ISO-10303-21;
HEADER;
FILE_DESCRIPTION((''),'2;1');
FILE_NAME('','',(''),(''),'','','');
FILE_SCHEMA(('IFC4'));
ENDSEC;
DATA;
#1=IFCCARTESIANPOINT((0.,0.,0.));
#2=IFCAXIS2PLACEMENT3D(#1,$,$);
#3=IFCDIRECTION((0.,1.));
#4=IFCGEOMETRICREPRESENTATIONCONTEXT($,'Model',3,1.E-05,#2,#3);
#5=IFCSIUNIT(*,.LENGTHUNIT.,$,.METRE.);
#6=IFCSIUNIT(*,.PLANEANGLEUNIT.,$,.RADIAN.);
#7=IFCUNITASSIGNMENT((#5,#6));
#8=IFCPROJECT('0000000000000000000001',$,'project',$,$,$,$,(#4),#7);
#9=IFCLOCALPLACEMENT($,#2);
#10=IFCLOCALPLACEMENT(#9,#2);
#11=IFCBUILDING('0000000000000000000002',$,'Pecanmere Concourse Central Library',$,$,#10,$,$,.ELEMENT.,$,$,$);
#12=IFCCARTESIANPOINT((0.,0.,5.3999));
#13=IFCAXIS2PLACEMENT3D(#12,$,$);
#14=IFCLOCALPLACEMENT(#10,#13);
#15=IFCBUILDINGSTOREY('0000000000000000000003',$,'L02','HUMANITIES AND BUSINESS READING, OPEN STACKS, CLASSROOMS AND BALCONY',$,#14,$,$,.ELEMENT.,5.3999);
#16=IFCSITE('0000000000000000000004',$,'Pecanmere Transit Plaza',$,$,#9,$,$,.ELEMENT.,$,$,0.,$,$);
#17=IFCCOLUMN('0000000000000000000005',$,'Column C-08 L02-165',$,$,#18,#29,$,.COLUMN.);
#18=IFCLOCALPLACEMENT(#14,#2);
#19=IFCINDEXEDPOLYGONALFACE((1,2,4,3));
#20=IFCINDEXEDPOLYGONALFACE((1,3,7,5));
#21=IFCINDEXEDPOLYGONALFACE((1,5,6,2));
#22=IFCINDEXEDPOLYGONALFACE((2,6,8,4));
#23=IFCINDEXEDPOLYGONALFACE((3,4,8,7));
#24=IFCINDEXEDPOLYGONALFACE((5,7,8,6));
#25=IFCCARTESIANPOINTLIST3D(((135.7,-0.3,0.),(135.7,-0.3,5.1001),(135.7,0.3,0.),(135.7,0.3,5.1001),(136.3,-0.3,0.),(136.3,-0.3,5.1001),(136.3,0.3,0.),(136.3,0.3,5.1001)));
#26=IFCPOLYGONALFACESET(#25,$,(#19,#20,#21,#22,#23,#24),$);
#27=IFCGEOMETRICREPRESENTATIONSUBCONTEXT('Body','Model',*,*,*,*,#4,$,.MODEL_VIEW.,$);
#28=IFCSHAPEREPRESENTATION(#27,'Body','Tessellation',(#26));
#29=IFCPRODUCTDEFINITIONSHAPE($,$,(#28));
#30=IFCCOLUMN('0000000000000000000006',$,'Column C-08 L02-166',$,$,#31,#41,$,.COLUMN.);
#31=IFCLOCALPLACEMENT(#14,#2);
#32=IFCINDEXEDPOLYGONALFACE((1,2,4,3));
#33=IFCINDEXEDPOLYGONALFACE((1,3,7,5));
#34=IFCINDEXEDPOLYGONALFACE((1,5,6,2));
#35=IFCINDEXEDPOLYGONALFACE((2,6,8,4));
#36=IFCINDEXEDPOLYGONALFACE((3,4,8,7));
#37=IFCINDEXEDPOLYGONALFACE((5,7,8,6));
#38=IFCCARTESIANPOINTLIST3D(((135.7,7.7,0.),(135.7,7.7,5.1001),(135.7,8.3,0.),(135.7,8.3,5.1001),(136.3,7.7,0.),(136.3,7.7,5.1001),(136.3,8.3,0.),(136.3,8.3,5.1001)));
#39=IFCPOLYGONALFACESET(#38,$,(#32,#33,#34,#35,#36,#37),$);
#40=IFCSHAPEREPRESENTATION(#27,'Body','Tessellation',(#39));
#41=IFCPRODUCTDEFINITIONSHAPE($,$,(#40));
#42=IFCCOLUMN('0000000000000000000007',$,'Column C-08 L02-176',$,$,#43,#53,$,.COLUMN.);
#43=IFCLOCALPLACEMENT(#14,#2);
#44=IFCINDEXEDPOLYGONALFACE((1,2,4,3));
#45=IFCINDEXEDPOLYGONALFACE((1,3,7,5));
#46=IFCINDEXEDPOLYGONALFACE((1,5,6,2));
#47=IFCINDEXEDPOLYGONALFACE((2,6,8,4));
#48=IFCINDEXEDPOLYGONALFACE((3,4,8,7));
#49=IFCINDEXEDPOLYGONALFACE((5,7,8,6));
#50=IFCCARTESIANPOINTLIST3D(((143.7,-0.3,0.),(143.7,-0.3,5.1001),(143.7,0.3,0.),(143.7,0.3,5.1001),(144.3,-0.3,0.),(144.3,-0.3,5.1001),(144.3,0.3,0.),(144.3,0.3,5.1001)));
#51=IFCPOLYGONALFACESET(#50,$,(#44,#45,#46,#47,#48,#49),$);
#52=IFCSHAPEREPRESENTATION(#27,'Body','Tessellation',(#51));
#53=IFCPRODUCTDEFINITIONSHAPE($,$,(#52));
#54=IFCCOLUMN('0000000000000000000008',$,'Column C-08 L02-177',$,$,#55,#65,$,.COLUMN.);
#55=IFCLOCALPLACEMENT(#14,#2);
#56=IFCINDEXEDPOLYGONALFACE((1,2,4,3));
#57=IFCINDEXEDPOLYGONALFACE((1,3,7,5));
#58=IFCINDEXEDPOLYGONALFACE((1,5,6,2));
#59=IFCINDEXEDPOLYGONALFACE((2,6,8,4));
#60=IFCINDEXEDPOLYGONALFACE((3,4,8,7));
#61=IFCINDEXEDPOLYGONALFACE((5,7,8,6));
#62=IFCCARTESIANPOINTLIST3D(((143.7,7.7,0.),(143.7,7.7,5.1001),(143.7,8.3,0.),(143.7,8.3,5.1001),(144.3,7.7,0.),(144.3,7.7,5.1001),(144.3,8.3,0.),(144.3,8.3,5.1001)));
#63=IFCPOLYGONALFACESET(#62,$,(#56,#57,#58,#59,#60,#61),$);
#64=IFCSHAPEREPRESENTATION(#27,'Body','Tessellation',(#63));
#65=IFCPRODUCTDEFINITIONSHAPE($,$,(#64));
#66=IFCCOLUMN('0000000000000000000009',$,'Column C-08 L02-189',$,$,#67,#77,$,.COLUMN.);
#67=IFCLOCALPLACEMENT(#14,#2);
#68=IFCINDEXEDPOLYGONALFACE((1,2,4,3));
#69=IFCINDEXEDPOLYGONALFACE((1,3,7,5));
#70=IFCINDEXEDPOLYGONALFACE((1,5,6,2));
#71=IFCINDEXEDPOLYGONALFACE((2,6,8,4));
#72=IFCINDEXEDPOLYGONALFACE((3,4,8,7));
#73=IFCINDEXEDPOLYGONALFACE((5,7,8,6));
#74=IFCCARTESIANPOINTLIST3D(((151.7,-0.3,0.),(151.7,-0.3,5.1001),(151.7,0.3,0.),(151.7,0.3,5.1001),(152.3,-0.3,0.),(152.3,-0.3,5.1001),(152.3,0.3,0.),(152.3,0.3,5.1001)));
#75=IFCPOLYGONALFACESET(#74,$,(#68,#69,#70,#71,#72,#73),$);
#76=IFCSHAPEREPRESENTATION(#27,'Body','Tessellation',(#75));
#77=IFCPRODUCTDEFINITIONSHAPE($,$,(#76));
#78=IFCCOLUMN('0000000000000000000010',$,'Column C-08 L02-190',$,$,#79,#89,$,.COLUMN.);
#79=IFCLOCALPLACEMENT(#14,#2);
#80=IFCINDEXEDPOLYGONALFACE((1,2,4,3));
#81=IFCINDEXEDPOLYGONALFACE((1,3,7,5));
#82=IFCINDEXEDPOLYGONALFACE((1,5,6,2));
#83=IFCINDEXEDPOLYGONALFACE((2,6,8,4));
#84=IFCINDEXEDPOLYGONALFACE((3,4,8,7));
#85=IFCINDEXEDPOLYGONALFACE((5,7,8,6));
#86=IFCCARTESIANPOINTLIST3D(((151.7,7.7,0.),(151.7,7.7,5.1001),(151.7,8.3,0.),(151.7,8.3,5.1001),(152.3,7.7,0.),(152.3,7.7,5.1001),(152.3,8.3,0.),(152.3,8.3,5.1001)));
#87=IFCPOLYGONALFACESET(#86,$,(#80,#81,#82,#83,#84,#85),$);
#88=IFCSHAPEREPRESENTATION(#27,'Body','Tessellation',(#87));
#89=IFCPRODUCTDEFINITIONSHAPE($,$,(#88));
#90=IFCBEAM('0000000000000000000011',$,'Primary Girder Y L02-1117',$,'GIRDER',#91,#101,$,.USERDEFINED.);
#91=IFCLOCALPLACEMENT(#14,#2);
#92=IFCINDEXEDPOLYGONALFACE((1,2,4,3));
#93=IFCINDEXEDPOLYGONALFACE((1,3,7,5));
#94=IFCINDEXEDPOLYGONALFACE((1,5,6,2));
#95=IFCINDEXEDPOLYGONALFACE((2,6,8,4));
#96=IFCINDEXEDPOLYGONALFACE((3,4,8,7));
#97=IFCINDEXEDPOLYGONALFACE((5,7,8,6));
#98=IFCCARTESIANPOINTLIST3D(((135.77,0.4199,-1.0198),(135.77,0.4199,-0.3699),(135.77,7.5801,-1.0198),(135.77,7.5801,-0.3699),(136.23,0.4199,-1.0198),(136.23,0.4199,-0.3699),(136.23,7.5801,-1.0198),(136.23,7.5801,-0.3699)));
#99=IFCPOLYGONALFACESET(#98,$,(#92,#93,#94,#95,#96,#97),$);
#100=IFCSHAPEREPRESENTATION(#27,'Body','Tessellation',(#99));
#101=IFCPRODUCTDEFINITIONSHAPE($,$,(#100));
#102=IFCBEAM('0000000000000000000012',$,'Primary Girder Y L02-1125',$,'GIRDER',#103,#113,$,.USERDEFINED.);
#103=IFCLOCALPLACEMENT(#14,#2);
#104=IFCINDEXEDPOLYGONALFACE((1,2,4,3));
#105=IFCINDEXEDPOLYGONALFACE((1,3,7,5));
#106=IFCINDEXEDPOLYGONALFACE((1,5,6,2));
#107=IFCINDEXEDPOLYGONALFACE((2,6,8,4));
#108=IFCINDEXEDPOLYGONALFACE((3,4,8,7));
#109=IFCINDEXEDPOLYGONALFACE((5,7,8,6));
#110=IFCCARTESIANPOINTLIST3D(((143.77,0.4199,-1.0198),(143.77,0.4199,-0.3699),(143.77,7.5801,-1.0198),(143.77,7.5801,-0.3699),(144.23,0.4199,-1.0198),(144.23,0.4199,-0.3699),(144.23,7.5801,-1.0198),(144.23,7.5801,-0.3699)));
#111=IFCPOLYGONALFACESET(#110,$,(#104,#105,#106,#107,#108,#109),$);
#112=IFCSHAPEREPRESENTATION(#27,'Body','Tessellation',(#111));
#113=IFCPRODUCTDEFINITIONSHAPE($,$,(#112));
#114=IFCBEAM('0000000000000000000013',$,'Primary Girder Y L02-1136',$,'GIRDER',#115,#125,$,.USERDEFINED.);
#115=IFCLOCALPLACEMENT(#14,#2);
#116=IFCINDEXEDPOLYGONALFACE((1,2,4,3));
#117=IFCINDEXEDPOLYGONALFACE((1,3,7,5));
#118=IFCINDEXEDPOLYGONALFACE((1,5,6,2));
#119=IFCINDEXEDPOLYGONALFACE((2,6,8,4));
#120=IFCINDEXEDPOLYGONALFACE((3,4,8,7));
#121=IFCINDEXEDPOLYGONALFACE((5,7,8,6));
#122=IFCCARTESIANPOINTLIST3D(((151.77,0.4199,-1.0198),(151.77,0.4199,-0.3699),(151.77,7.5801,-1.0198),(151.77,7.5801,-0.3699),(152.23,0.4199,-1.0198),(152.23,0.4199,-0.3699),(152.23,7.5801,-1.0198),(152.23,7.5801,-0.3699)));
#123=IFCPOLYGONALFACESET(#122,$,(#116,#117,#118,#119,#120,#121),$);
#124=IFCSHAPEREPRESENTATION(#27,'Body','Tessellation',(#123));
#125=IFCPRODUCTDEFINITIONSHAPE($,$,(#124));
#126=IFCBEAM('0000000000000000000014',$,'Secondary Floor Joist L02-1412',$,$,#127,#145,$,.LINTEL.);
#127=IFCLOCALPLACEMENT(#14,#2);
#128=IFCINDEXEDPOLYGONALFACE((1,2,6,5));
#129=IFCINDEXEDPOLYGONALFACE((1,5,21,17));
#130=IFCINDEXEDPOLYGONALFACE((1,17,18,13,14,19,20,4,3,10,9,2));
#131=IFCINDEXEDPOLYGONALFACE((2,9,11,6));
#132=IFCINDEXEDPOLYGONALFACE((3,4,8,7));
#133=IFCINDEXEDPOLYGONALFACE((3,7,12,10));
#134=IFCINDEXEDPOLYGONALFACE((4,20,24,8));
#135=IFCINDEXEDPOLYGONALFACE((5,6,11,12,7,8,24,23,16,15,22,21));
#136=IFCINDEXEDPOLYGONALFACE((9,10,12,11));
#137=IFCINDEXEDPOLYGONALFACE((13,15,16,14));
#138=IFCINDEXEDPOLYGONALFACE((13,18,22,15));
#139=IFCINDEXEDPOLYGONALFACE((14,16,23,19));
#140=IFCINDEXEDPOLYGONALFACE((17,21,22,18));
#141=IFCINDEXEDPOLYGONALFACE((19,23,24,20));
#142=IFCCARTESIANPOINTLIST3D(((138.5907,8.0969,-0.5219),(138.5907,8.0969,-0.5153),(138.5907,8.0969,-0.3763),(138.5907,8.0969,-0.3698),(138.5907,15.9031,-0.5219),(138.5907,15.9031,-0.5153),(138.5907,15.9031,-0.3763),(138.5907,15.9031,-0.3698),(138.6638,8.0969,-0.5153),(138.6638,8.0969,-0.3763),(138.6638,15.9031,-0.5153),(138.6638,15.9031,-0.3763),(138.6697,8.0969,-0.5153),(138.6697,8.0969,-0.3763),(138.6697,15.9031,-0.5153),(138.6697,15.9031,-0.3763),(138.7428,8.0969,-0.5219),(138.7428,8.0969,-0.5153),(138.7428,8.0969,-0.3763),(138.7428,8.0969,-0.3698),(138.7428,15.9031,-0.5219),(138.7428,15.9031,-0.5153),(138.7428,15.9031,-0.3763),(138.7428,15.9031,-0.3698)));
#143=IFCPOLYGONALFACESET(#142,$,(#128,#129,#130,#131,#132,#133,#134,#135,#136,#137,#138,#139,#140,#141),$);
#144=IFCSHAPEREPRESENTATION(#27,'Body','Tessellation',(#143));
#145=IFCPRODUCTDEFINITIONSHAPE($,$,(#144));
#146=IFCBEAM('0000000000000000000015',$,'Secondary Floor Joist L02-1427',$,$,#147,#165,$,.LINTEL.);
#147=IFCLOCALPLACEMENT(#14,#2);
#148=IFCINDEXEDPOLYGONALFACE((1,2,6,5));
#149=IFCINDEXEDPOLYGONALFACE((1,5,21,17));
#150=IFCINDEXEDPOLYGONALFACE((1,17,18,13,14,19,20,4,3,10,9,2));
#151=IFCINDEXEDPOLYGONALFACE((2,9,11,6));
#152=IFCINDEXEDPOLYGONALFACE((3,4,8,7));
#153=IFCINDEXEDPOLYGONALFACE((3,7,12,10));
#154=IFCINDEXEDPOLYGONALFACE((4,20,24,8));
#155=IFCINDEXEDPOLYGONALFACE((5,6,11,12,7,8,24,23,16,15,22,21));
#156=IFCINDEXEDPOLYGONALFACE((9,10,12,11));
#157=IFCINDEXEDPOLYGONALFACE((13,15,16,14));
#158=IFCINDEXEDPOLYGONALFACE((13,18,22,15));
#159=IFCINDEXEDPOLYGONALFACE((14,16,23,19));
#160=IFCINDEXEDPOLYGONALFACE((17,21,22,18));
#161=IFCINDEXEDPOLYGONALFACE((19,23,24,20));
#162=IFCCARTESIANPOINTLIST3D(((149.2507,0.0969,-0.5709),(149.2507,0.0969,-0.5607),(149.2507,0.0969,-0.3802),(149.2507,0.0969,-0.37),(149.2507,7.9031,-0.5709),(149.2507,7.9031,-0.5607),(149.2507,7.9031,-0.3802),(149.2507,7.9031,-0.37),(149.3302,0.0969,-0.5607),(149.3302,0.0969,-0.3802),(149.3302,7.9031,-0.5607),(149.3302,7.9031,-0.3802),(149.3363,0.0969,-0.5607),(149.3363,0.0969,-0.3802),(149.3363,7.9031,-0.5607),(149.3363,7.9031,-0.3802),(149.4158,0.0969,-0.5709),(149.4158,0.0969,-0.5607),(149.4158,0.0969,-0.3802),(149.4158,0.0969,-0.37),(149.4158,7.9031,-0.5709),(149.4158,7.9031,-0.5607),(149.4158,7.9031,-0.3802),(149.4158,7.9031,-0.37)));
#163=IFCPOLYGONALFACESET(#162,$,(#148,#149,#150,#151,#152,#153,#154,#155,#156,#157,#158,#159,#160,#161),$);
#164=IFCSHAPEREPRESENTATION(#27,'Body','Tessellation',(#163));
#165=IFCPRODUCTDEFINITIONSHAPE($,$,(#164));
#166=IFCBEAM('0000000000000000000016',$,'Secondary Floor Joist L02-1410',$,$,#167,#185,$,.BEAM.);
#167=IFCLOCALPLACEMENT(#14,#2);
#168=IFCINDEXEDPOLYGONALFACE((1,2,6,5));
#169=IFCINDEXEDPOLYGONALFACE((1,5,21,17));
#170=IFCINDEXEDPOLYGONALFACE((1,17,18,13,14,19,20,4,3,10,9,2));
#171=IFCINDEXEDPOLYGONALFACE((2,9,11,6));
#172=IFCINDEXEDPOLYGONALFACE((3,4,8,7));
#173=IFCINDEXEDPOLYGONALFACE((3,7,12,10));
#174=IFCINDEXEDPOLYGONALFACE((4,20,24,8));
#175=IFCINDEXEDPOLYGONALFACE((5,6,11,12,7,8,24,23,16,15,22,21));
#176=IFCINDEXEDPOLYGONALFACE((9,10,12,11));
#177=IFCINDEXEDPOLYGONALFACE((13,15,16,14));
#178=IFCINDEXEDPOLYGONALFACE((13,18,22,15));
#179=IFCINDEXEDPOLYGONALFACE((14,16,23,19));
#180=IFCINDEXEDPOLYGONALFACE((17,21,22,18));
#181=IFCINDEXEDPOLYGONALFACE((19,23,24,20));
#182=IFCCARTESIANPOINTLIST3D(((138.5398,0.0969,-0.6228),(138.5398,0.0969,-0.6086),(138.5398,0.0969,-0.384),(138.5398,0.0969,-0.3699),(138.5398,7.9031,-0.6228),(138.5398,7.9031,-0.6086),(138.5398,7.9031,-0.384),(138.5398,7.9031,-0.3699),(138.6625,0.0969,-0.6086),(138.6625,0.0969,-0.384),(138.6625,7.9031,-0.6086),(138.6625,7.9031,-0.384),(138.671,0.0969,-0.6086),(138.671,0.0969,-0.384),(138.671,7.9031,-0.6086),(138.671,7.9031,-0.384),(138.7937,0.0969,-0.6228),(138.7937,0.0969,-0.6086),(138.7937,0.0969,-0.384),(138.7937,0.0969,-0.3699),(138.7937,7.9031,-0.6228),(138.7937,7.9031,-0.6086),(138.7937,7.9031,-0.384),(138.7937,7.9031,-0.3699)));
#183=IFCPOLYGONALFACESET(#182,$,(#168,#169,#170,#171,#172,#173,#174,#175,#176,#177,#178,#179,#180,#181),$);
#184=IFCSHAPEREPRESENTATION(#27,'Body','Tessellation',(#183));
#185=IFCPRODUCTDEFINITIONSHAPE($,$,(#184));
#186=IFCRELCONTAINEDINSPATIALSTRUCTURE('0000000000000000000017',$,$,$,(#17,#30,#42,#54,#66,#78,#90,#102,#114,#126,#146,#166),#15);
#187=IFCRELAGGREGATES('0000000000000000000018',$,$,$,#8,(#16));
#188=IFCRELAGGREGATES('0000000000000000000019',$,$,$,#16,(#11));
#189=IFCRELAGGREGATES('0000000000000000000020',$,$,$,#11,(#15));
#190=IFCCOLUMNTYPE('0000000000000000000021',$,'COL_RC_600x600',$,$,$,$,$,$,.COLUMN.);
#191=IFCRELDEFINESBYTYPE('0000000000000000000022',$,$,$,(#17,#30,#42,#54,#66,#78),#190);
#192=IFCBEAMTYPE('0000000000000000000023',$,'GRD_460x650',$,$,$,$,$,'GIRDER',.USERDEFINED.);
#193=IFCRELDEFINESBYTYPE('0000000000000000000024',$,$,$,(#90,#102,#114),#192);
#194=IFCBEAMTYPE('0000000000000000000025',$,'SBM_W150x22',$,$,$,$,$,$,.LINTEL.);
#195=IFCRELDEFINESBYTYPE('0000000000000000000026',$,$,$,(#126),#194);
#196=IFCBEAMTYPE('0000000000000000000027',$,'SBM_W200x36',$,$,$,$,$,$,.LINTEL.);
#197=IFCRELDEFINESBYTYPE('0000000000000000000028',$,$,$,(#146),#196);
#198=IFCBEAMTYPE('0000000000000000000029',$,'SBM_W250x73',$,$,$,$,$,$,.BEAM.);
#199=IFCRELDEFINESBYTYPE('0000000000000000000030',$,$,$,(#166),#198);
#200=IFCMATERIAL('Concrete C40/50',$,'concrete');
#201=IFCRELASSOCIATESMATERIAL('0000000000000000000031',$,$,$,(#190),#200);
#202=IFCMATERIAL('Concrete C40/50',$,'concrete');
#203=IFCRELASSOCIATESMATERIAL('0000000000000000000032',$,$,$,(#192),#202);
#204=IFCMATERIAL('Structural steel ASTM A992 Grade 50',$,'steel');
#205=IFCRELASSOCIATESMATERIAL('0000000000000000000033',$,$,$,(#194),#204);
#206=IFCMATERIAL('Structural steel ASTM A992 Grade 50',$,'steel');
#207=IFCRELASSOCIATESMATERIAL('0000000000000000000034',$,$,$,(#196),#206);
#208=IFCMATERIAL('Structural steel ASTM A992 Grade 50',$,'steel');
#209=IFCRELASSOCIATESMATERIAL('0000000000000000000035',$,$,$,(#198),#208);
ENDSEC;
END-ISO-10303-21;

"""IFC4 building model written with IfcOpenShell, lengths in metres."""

from ifc_helpers import new_model, si_unit, direction, frame, origin, origin_2d, place, context, subcontext, project, spatial, rectangle, i_section, extrude, material, material_profile, profile_set, type_object, element, save


model = new_model("IFC4")

# Units and contexts
model_context = context("Model", 3, precision=1e-05, world=origin(), true_north=direction((0.0, 1.0)))
body_context = subcontext(model_context, "Body", "Model", "MODEL_VIEW")
ifc_project = project(units=[si_unit("LENGTHUNIT", "METRE"), si_unit("PLANEANGLEUNIT", "RADIAN")], contexts=[model_context])

# Site, building, storey
site_placement = place(None, origin())
site = spatial("IfcSite", under=ifc_project, at=site_placement, Name="Pecanmere Transit Plaza", CompositionType="ELEMENT", RefElevation=0.0)
building_placement = place(site_placement, origin())
building = spatial("IfcBuilding", under=site, at=building_placement, Name="Pecanmere Concourse Central Library", CompositionType="ELEMENT")
storey_placement = place(building_placement, frame((0.0, 0.0, 5.3999)))
storey = spatial("IfcBuildingStorey", under=building, at=storey_placement, Name="L02", Description="HUMANITIES AND BUSINESS READING, OPEN STACKS, CLASSROOMS AND BALCONY", CompositionType="ELEMENT", Elevation=5.3999)

# Columns
ifc_material_1 = material(Name="Concrete C40/50", Category="concrete")
ifc_material_profile_1 = material_profile(ifc_material_1, rectangle(XDim=0.6001, YDim=0.6001, at=origin_2d()), Name="RC 600x600")
ifc_profile_set_1 = profile_set([ifc_material_profile_1], Name="Concrete C40/50")
column_type = type_object("IfcColumnType", Name="COL_RC_600x600", PredefinedType="COLUMN", material=ifc_profile_set_1)
for number, where, z_axis, x_axis, name in (
    (1, (136.0, 0.0, 0.0), (0.0, 0.0, 1.0), (1.0, 0.0, 0.0), "Column C-08 L02-165"),
    (2, (136.0, 8.0, 0.0), (0.0, 0.0, 1.0), (1.0, 0.0, 0.0), "Column C-08 L02-166"),
    (3, (144.0, 0.0, 0.0), (0.0, 0.0, 1.0), (1.0, 0.0, 0.0), "Column C-08 L02-176"),
    (4, (144.0, 8.0, 0.0), (0.0, 0.0, 1.0), (1.0, 0.0, 0.0), "Column C-08 L02-177"),
    (5, (152.0, 0.0, 0.0), (0.0, 0.0, 1.0), (1.0, 0.0, 0.0), "Column C-08 L02-189"),
    (6, (152.0, 8.0, 0.0), (0.0, 0.0, 1.0), (1.0, 0.0, 0.0), "Column C-08 L02-190"),
):
    element("IfcColumn", number, at=place(storey_placement, frame(where, z_axis=z_axis, x_axis=x_axis)), inside=storey, type_object=column_type, Name=name, PredefinedType="COLUMN", context=body_context, shape_type="SweptSolid", body=[
        extrude(rectangle(XDim=0.6001, YDim=0.6001, at=origin_2d()), origin(), (0.0, 0.0, 1.0), 5.1001),
    ])

# Beams
ifc_material_2 = material(Name="Concrete C40/50", Category="concrete")
ifc_material_profile_2 = material_profile(ifc_material_2, rectangle(XDim=0.46, YDim=0.6499, at=origin_2d()), Name="RC 460x650")
ifc_profile_set_2 = profile_set([ifc_material_profile_2], Name="Concrete C40/50")
beam_type_1 = type_object("IfcBeamType", Name="GRD_460x650", ElementType="GIRDER", PredefinedType="USERDEFINED", material=ifc_profile_set_2)
for number, where, z_axis, x_axis, name in (
    (7, (136.0, 0.4199, -0.6948), (0.0, 1.0, 0.0), (-1.0, 0.0, 0.0), "Primary Girder Y L02-1117"),
    (8, (144.0, 0.4199, -0.6948), (0.0, 1.0, 0.0), (-1.0, 0.0, 0.0), "Primary Girder Y L02-1125"),
    (9, (152.0, 0.4199, -0.6948), (0.0, 1.0, 0.0), (-1.0, 0.0, 0.0), "Primary Girder Y L02-1136"),
):
    element("IfcBeam", number, at=place(storey_placement, frame(where, z_axis=z_axis, x_axis=x_axis)), inside=storey, type_object=beam_type_1, Name=name, ObjectType="GIRDER", PredefinedType="USERDEFINED", context=body_context, shape_type="SweptSolid", body=[
        extrude(rectangle(XDim=0.46, YDim=0.6499, at=origin_2d()), origin(), (0.0, 0.0, 1.0), 7.1602),
    ])
ifc_material_3 = material(Name="Structural steel ASTM A992 Grade 50", Category="steel")
ifc_material_profile_3 = material_profile(ifc_material_3, i_section(OverallWidth=0.1521, OverallDepth=0.1521, WebThickness=0.0059, FlangeThickness=0.0066, at=origin_2d()), Name="W150x22.5")
ifc_profile_set_3 = profile_set([ifc_material_profile_3], Name="Structural steel ASTM A992 Grade 50")
beam_type_2 = type_object("IfcBeamType", Name="SBM_W150x22", PredefinedType="LINTEL", material=ifc_profile_set_3)
beam_1_placement = place(storey_placement, frame((138.6667, 8.0969, -0.4458), z_axis=(0.0, 1.0, 0.0), x_axis=(-1.0, 0.0, 0.0)))
element("IfcBeam", 10, at=beam_1_placement, inside=storey, type_object=beam_type_2, Name="Secondary Floor Joist L02-1412", PredefinedType="LINTEL", context=body_context, shape_type="SweptSolid", body=[
    extrude(i_section(OverallWidth=0.1521, OverallDepth=0.1521, WebThickness=0.0059, FlangeThickness=0.0066, at=origin_2d()), origin(), (0.0, 0.0, 1.0), 7.8062),
])
ifc_material_4 = material(Name="Structural steel ASTM A992 Grade 50", Category="steel")
ifc_material_profile_4 = material_profile(ifc_material_4, i_section(OverallWidth=0.165, OverallDepth=0.2009, WebThickness=0.0061, FlangeThickness=0.0103, at=origin_2d()), Name="W200x35.9")
ifc_profile_set_4 = profile_set([ifc_material_profile_4], Name="Structural steel ASTM A992 Grade 50")
beam_type_3 = type_object("IfcBeamType", Name="SBM_W200x36", PredefinedType="LINTEL", material=ifc_profile_set_4)
beam_2_placement = place(storey_placement, frame((149.3333, 0.0969, -0.4705), z_axis=(0.0, 1.0, 0.0), x_axis=(-1.0, 0.0, 0.0)))
element("IfcBeam", 11, at=beam_2_placement, inside=storey, type_object=beam_type_3, Name="Secondary Floor Joist L02-1427", PredefinedType="LINTEL", context=body_context, shape_type="SweptSolid", body=[
    extrude(i_section(OverallWidth=0.165, OverallDepth=0.2009, WebThickness=0.0061, FlangeThickness=0.0103, at=origin_2d()), origin(), (0.0, 0.0, 1.0), 7.8062),
])
ifc_material_5 = material(Name="Structural steel ASTM A992 Grade 50", Category="steel")
ifc_material_profile_5 = material_profile(ifc_material_5, i_section(OverallWidth=0.2539, OverallDepth=0.2529, WebThickness=0.0085, FlangeThickness=0.0142, at=origin_2d()), Name="W250x73")
ifc_profile_set_5 = profile_set([ifc_material_profile_5], Name="Structural steel ASTM A992 Grade 50")
beam_type_4 = type_object("IfcBeamType", Name="SBM_W250x73", PredefinedType="BEAM", material=ifc_profile_set_5)
beam_3_placement = place(storey_placement, frame((138.6667, 0.0969, -0.4963), z_axis=(0.0, 1.0, 0.0), x_axis=(-1.0, 0.0, 0.0)))
element("IfcBeam", 12, at=beam_3_placement, inside=storey, type_object=beam_type_4, Name="Secondary Floor Joist L02-1410", PredefinedType="BEAM", context=body_context, shape_type="SweptSolid", body=[
    extrude(i_section(OverallWidth=0.2539, OverallDepth=0.2529, WebThickness=0.0085, FlangeThickness=0.0142, at=origin_2d()), origin(), (0.0, 0.0, 1.0), 7.8062),
])

save(model, "model.ifc")
